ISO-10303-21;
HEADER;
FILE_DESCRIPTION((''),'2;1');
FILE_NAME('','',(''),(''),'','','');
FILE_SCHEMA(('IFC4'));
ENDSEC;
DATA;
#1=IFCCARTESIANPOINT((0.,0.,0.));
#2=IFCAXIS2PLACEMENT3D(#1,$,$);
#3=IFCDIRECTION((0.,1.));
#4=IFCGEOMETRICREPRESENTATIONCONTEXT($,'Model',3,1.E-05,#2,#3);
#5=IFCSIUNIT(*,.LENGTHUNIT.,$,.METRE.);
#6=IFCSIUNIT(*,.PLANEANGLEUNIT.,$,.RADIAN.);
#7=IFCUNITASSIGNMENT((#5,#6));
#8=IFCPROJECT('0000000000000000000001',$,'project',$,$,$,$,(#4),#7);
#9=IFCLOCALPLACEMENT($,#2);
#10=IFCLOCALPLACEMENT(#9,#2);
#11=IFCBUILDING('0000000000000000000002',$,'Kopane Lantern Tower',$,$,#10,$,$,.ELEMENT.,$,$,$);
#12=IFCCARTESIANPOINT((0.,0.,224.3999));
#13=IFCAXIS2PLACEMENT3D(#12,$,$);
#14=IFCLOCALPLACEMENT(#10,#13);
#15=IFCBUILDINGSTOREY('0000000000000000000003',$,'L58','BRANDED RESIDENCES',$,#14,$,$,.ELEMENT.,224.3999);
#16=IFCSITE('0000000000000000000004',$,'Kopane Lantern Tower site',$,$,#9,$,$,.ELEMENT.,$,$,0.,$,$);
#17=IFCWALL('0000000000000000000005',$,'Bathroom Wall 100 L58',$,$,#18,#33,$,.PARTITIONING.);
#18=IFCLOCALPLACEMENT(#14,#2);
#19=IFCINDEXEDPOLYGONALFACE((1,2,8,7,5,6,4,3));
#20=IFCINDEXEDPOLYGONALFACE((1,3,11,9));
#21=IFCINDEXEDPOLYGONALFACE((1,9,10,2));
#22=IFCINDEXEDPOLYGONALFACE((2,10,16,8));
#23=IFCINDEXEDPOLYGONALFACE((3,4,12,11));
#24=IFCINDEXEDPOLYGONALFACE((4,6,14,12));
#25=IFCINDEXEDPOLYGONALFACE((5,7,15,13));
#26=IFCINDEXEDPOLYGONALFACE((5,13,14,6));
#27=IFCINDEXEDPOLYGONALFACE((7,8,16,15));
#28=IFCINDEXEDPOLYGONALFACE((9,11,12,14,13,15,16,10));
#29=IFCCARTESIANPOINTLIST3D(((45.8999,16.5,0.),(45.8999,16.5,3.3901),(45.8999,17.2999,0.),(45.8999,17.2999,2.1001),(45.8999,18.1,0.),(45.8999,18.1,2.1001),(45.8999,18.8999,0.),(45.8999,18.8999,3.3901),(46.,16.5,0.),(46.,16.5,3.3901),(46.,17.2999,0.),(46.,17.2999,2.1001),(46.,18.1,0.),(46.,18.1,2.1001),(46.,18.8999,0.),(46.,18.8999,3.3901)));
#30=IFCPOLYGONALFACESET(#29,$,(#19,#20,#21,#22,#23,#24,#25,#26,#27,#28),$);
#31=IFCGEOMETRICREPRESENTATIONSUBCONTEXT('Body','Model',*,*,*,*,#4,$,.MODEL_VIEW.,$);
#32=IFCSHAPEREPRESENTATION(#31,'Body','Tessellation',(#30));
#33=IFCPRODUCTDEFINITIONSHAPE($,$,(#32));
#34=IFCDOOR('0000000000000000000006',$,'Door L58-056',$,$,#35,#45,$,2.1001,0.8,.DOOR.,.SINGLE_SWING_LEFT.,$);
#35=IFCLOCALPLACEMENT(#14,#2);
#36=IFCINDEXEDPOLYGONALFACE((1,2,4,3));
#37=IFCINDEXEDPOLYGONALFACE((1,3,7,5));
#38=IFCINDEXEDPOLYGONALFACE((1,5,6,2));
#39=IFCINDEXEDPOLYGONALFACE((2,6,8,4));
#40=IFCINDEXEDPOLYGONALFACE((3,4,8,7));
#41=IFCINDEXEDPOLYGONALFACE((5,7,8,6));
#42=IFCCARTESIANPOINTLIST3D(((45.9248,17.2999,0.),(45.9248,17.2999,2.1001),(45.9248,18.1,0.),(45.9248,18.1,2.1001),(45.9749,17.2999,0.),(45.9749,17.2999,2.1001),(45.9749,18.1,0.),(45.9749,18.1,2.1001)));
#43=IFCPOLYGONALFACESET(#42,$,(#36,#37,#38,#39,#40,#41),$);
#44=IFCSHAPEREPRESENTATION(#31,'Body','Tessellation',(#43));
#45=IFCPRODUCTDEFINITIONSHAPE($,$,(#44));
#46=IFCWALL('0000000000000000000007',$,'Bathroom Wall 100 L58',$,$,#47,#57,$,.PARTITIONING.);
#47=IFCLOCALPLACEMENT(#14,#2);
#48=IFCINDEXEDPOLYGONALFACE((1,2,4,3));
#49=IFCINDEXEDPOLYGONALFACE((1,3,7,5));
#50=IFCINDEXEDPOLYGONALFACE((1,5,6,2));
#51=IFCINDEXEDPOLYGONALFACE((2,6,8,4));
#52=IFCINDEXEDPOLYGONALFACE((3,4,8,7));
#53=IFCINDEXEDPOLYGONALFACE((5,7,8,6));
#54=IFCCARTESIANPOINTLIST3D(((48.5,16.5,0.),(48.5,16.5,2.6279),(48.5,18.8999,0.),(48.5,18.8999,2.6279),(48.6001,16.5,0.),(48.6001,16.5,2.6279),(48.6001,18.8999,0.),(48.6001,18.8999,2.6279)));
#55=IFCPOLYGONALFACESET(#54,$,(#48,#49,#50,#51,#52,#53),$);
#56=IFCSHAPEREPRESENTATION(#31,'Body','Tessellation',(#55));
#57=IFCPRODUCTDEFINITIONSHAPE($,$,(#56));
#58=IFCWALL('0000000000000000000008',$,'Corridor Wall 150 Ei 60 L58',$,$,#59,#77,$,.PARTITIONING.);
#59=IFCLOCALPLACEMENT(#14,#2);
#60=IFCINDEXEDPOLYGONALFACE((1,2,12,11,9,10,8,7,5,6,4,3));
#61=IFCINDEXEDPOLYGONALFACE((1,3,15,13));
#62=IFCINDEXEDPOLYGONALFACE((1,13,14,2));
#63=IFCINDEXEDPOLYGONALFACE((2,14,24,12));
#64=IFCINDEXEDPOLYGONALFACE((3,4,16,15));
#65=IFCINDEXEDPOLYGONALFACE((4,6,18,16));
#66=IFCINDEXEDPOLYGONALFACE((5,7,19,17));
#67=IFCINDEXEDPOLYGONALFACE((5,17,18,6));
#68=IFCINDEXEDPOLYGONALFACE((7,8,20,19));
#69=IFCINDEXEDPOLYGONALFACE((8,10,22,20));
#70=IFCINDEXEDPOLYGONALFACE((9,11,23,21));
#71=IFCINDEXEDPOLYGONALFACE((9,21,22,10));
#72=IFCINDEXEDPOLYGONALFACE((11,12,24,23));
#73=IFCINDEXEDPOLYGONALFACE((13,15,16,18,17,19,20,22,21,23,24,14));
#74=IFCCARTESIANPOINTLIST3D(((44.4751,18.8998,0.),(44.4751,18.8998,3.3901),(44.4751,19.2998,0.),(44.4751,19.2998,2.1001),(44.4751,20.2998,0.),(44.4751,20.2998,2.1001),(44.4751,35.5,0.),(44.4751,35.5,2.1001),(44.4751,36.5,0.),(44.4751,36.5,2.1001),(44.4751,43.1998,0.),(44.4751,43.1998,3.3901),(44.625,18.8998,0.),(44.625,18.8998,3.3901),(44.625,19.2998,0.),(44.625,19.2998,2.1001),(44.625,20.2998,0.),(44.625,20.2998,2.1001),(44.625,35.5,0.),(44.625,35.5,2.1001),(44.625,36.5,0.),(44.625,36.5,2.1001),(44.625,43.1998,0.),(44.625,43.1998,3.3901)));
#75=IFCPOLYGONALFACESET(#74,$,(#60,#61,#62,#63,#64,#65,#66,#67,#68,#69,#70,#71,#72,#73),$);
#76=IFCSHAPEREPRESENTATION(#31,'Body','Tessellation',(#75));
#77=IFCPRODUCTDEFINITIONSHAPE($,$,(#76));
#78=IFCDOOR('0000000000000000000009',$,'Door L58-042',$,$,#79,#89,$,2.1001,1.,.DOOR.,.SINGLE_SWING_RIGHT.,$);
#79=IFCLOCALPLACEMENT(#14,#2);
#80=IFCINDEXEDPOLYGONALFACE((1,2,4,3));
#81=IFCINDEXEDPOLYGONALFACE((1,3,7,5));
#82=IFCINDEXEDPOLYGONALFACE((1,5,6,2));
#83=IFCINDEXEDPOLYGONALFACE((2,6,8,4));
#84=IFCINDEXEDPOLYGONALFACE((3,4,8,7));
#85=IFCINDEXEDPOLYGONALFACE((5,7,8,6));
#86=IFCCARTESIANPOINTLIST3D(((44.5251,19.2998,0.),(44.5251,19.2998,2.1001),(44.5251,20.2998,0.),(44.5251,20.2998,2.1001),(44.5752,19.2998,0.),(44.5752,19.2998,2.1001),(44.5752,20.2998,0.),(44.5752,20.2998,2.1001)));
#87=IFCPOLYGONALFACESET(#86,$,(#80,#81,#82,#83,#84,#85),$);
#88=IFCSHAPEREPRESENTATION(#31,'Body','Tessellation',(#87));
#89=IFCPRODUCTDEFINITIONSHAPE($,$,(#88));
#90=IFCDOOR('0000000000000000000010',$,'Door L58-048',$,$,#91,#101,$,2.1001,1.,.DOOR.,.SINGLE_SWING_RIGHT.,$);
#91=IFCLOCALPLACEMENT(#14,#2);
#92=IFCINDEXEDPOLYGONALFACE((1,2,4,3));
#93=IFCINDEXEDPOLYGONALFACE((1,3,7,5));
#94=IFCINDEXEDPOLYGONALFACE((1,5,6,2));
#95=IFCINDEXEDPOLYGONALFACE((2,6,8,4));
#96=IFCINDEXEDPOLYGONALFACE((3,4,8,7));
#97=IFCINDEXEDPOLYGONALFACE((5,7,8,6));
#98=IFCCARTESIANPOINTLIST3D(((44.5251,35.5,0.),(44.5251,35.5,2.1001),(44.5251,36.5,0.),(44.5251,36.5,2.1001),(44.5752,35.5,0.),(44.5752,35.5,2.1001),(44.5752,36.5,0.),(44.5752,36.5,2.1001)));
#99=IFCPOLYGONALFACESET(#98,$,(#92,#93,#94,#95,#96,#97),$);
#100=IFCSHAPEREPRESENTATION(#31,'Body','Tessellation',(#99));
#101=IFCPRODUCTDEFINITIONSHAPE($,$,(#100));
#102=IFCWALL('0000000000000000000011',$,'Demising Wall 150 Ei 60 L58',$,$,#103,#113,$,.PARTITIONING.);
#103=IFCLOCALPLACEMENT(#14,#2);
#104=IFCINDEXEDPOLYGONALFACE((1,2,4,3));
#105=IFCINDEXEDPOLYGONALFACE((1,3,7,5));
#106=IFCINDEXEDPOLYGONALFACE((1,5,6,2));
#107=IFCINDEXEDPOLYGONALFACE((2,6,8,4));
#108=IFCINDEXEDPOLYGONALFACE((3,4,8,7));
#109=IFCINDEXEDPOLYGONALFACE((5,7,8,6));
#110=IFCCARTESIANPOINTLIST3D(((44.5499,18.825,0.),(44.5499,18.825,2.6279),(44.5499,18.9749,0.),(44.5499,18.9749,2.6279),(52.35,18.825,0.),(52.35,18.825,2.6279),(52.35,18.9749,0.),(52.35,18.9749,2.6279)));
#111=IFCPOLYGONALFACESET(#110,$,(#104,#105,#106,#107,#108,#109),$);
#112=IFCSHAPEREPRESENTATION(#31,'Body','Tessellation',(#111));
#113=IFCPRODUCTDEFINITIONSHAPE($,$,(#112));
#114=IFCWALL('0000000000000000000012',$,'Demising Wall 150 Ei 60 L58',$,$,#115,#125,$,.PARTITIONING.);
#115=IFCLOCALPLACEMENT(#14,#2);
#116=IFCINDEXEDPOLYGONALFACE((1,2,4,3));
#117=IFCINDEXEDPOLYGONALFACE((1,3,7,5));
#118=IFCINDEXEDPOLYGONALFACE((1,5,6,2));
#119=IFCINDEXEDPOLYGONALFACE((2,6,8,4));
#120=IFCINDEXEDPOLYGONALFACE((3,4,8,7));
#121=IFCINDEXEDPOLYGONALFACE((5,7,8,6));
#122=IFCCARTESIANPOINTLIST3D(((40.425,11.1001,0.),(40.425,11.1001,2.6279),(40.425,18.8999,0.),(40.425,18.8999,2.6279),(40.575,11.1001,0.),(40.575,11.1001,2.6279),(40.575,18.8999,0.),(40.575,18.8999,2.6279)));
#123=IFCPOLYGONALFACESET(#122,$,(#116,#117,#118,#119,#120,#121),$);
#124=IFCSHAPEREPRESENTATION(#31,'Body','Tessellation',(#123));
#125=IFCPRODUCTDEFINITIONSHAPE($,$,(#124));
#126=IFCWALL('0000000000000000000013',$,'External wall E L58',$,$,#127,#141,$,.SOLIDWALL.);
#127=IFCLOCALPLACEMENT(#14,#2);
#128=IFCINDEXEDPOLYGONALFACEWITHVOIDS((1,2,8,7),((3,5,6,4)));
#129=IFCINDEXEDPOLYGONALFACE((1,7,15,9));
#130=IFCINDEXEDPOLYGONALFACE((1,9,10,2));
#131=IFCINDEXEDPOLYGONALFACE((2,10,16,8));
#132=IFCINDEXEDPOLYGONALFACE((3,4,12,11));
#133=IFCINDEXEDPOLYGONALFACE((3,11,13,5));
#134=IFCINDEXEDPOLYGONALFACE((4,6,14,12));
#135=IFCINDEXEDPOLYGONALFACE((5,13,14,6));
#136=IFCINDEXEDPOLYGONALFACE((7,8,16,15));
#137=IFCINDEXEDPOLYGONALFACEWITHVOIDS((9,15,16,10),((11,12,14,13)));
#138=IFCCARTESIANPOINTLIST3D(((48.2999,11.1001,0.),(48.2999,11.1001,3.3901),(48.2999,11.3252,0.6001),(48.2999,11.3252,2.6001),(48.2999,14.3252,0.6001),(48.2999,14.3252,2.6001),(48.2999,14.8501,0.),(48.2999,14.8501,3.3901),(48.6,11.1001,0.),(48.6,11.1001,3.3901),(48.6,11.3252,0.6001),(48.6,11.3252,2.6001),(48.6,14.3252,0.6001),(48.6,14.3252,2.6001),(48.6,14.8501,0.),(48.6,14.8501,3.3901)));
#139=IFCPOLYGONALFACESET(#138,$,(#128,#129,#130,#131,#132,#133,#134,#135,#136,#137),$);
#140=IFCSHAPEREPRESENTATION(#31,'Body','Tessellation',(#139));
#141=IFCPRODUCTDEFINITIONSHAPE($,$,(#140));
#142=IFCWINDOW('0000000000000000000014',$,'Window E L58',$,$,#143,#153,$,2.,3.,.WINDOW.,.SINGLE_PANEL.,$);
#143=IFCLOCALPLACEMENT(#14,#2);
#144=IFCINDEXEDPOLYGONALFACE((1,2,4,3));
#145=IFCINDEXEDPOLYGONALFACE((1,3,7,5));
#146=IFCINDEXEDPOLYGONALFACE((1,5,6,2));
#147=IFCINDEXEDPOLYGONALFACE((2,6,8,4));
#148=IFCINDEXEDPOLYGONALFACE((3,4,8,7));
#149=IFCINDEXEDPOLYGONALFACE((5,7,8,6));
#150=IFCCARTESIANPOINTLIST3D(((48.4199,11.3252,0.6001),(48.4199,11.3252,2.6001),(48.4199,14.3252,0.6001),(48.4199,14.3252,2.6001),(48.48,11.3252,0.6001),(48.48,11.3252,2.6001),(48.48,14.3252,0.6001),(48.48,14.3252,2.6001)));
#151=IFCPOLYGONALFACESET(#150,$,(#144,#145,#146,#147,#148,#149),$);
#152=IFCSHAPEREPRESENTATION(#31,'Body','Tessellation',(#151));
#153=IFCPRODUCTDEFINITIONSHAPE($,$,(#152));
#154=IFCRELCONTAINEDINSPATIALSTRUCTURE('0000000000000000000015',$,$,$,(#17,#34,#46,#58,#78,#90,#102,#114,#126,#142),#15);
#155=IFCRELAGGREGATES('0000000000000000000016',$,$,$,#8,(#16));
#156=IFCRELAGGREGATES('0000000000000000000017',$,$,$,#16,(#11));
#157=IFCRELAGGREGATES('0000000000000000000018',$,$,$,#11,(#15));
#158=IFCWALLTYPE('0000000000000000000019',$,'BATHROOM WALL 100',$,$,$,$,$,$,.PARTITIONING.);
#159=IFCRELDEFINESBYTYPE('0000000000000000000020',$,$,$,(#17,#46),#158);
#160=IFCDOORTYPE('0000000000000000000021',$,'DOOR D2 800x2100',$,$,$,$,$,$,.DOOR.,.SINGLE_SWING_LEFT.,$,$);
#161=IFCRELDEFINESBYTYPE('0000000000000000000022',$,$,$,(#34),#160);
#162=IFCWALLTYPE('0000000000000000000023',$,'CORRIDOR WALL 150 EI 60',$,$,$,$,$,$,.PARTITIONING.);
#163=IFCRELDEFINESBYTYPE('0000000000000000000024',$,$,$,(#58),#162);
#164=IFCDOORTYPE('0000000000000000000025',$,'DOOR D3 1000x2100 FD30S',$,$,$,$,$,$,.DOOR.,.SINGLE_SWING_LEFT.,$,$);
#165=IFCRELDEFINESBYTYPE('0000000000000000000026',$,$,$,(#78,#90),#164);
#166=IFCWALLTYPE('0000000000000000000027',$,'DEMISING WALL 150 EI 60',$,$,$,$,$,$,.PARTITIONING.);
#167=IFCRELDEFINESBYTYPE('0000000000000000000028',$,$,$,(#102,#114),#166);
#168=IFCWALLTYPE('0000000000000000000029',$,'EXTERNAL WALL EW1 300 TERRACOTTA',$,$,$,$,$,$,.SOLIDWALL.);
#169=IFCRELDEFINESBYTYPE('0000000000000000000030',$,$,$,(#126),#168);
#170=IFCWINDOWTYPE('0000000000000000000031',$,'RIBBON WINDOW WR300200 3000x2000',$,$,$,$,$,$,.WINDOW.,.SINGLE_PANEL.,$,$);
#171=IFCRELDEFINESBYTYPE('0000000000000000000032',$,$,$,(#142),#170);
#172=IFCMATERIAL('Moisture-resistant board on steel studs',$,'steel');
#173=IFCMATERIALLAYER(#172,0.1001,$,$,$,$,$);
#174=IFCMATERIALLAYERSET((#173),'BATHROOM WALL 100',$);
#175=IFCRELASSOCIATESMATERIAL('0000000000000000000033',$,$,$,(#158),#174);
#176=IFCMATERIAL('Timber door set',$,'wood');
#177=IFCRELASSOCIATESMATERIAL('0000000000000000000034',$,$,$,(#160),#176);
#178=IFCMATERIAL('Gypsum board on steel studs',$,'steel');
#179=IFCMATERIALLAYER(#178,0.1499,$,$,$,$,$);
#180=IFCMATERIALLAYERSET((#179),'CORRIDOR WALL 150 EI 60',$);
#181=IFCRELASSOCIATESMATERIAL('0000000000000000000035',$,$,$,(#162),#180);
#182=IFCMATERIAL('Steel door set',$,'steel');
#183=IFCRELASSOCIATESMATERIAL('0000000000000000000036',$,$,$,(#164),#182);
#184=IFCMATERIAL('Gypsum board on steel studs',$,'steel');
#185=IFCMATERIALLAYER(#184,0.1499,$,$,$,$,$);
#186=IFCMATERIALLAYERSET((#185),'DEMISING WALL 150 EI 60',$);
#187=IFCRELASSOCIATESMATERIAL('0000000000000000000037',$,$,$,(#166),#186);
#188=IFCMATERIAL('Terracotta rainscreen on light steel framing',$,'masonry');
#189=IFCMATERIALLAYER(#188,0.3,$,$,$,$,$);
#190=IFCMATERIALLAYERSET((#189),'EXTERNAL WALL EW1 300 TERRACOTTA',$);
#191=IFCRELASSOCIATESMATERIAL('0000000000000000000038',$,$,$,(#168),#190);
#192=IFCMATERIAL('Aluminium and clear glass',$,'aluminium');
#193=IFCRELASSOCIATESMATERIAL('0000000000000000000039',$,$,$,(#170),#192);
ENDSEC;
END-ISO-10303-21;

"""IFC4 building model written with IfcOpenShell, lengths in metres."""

from ifc_helpers import new_model, si_unit, direction, frame, frame_2d, origin, place, context, subcontext, project, spatial, rectangle, extrude, material, layer, layer_set, type_object, element, fill, save


model = new_model("IFC4")

# Units and contexts
model_context = context("Model", 3, precision=1e-05, world=origin(), true_north=direction((0.0, 1.0)))
body_context = subcontext(model_context, "Body", "Model", "MODEL_VIEW")
ifc_project = project(units=[si_unit("LENGTHUNIT", "METRE"), si_unit("PLANEANGLEUNIT", "RADIAN")], contexts=[model_context])

# Site, building, storey
site_placement = place(None, origin())
site = spatial("IfcSite", under=ifc_project, at=site_placement, Name="Kopane Lantern Tower site", CompositionType="ELEMENT", RefElevation=0.0)
building_placement = place(site_placement, origin())
building = spatial("IfcBuilding", under=site, at=building_placement, Name="Kopane Lantern Tower", CompositionType="ELEMENT")
storey_placement = place(building_placement, frame((0.0, 0.0, 224.3999)))
storey = spatial("IfcBuildingStorey", under=building, at=storey_placement, Name="L58", Description="BRANDED RESIDENCES", CompositionType="ELEMENT", Elevation=224.3999)

# Wall, opening, door
ifc_material_1 = material(Name="Moisture-resistant board on steel studs", Category="steel")
ifc_layer_1 = layer(ifc_material_1, 0.1001)
ifc_layer_set_1 = layer_set([ifc_layer_1], Name="BATHROOM WALL 100")
wall_type_1 = type_object("IfcWallType", Name="BATHROOM WALL 100", PredefinedType="PARTITIONING", material=ifc_layer_set_1)
wall_1_placement = place(storey_placement, frame((45.95, 18.8999, 0.0), z_axis=(0.0, 0.0, 1.0), x_axis=(0.0, -1.0, 0.0)))
wall_1 = element("IfcWall", 1, at=wall_1_placement, inside=storey, type_object=wall_type_1, Name="Bathroom Wall 100 L58", PredefinedType="PARTITIONING", context=body_context, shape_type="SweptSolid", body=[
    extrude(rectangle(XDim=2.3999, YDim=0.1001, at=frame_2d((1.2, 0.0))), origin(), (0.0, 0.0, 1.0), 3.3901),
])
opening_1_placement = place(wall_1_placement, frame((0.8, 0.0, 0.0)))
opening_1 = element("IfcOpeningElement", 2, at=opening_1_placement, cuts=wall_1, PredefinedType="OPENING", context=body_context, shape_type="SweptSolid", body=[
    extrude(rectangle(XDim=0.8, YDim=2.1001, at=frame_2d((0.3999, 1.05))), frame((0.0, 0.0601, 0.0), z_axis=(0.0, -1.0, 0.0), x_axis=(1.0, 0.0, 0.0)), (0.0, 0.0, 1.0), 0.1201),
])
ifc_material_2 = material(Name="Timber door set", Category="wood")
door_type_1 = type_object("IfcDoorType", Name="DOOR D2 800x2100", OperationType="SINGLE_SWING_LEFT", PredefinedType="DOOR", material=ifc_material_2)
door_1_placement = place(opening_1_placement, origin())
door_1 = element("IfcDoor", 3, at=door_1_placement, inside=storey, type_object=door_type_1, Name="Door L58-056", OperationType="SINGLE_SWING_LEFT", OverallHeight=2.1001, OverallWidth=0.8, PredefinedType="DOOR", context=body_context, shape_type="SweptSolid", body=[
    extrude(rectangle(XDim=0.8, YDim=2.1001, at=frame_2d((0.3999, 1.05))), frame((0.0, 0.0249, 0.0), z_axis=(0.0, -1.0, 0.0), x_axis=(1.0, 0.0, 0.0)), (0.0, 0.0, 1.0), 0.05),
])
fill(opening_1, door_1)

# Wall
wall_2_placement = place(storey_placement, frame((48.55, 18.8999, 0.0), z_axis=(0.0, 0.0, 1.0), x_axis=(0.0, -1.0, 0.0)))
element("IfcWall", 4, at=wall_2_placement, inside=storey, type_object=wall_type_1, Name="Bathroom Wall 100 L58", PredefinedType="PARTITIONING", context=body_context, shape_type="SweptSolid", body=[
    extrude(rectangle(XDim=2.3999, YDim=0.1001, at=frame_2d((1.2, 0.0))), origin(), (0.0, 0.0, 1.0), 2.6279),
])

# Wall, openings, doors
ifc_material_3 = material(Name="Gypsum board on steel studs", Category="steel")
ifc_layer_2 = layer(ifc_material_3, 0.1499)
ifc_layer_set_2 = layer_set([ifc_layer_2], Name="CORRIDOR WALL 150 EI 60")
wall_type_2 = type_object("IfcWallType", Name="CORRIDOR WALL 150 EI 60", PredefinedType="PARTITIONING", material=ifc_layer_set_2)
wall_3_placement = place(storey_placement, frame((44.55, 18.8999, 0.0), z_axis=(0.0, 0.0, 1.0), x_axis=(0.0, 1.0, 0.0)))
wall_3 = element("IfcWall", 5, at=wall_3_placement, inside=storey, type_object=wall_type_2, Name="Corridor Wall 150 Ei 60 L58", PredefinedType="PARTITIONING", context=body_context, shape_type="SweptSolid", body=[
    extrude(rectangle(XDim=24.3, YDim=0.1499, at=frame_2d((12.1499, 0.0))), origin(), (0.0, 0.0, 1.0), 3.3901),
])
opening_2_placement = place(wall_3_placement, frame((0.3999, 0.0, 0.0)))
opening_2 = element("IfcOpeningElement", 6, at=opening_2_placement, cuts=wall_3, PredefinedType="OPENING", context=body_context, shape_type="SweptSolid", body=[
    extrude(rectangle(XDim=1.0, YDim=2.1001, at=frame_2d((0.5, 1.05))), frame((0.0, 0.085, 0.0), z_axis=(0.0, -1.0, 0.0), x_axis=(1.0, 0.0, 0.0)), (0.0, 0.0, 1.0), 0.1699),
])
opening_3_placement = place(wall_3_placement, frame((16.6001, 0.0, 0.0)))
opening_3 = element("IfcOpeningElement", 7, at=opening_3_placement, cuts=wall_3, PredefinedType="OPENING", context=body_context, shape_type="SweptSolid", body=[
    extrude(rectangle(XDim=1.0, YDim=2.1001, at=frame_2d((0.5, 1.05))), frame((0.0, 0.085, 0.0), z_axis=(0.0, -1.0, 0.0), x_axis=(1.0, 0.0, 0.0)), (0.0, 0.0, 1.0), 0.1699),
])
ifc_material_4 = material(Name="Steel door set", Category="steel")
door_type_2 = type_object("IfcDoorType", Name="DOOR D3 1000x2100 FD30S", OperationType="SINGLE_SWING_LEFT", PredefinedType="DOOR", material=ifc_material_4)
door_2_placement = place(opening_2_placement, origin())
door_2 = element("IfcDoor", 8, at=door_2_placement, inside=storey, type_object=door_type_2, Name="Door L58-042", OperationType="SINGLE_SWING_RIGHT", OverallHeight=2.1001, OverallWidth=1.0, PredefinedType="DOOR", context=body_context, shape_type="SweptSolid", body=[
    extrude(rectangle(XDim=1.0, YDim=2.1001, at=frame_2d((0.5, 1.05))), frame((0.0, 0.0249, 0.0), z_axis=(0.0, -1.0, 0.0), x_axis=(1.0, 0.0, 0.0)), (0.0, 0.0, 1.0), 0.05),
])
fill(opening_2, door_2)
door_3_placement = place(opening_3_placement, origin())
door_3 = element("IfcDoor", 9, at=door_3_placement, inside=storey, type_object=door_type_2, Name="Door L58-048", OperationType="SINGLE_SWING_RIGHT", OverallHeight=2.1001, OverallWidth=1.0, PredefinedType="DOOR", context=body_context, shape_type="SweptSolid", body=[
    extrude(rectangle(XDim=1.0, YDim=2.1001, at=frame_2d((0.5, 1.05))), frame((0.0, 0.0249, 0.0), z_axis=(0.0, -1.0, 0.0), x_axis=(1.0, 0.0, 0.0)), (0.0, 0.0, 1.0), 0.05),
])
fill(opening_3, door_3)

# Walls
ifc_material_5 = material(Name="Gypsum board on steel studs", Category="steel")
ifc_layer_3 = layer(ifc_material_5, 0.1499)
ifc_layer_set_3 = layer_set([ifc_layer_3], Name="DEMISING WALL 150 EI 60")
wall_type_3 = type_object("IfcWallType", Name="DEMISING WALL 150 EI 60", PredefinedType="PARTITIONING", material=ifc_layer_set_3)
wall_4_placement = place(storey_placement, frame((44.55, 18.8999, 0.0), z_axis=(0.0, 0.0, 1.0), x_axis=(1.0, 0.0, 0.0)))
element("IfcWall", 10, at=wall_4_placement, inside=storey, type_object=wall_type_3, Name="Demising Wall 150 Ei 60 L58", PredefinedType="PARTITIONING", context=body_context, shape_type="SweptSolid", body=[
    extrude(rectangle(XDim=7.8, YDim=0.1499, at=frame_2d((3.8999, 0.0))), origin(), (0.0, 0.0, 1.0), 2.6279),
])
wall_5_placement = place(storey_placement, frame((40.5, 18.8999, 0.0), z_axis=(0.0, 0.0, 1.0), x_axis=(0.0, -1.0, 0.0)))
element("IfcWall", 11, at=wall_5_placement, inside=storey, type_object=wall_type_3, Name="Demising Wall 150 Ei 60 L58", PredefinedType="PARTITIONING", context=body_context, shape_type="SweptSolid", body=[
    extrude(rectangle(XDim=7.7998, YDim=0.1499, at=frame_2d((3.8999, 0.0))), origin(), (0.0, 0.0, 1.0), 2.6279),
])

# Wall, opening, window
ifc_material_6 = material(Name="Terracotta rainscreen on light steel framing", Category="masonry")
ifc_layer_4 = layer(ifc_material_6, 0.3)
ifc_layer_set_4 = layer_set([ifc_layer_4], Name="EXTERNAL WALL EW1 300 TERRACOTTA")
wall_type_4 = type_object("IfcWallType", Name="EXTERNAL WALL EW1 300 TERRACOTTA", PredefinedType="SOLIDWALL", material=ifc_layer_set_4)
wall_6_placement = place(storey_placement, frame((48.45, 11.1001, 0.0), z_axis=(0.0, 0.0, 1.0), x_axis=(0.0, 1.0, 0.0)))
wall_6 = element("IfcWall", 12, at=wall_6_placement, inside=storey, type_object=wall_type_4, Name="External wall E L58", PredefinedType="SOLIDWALL", context=body_context, shape_type="SweptSolid", body=[
    extrude(rectangle(XDim=3.75, YDim=0.3, at=frame_2d((1.875, 0.0))), origin(), (0.0, 0.0, 1.0), 3.3901),
])
opening_4_placement = place(wall_6_placement, frame((0.2251, 0.0, 0.6001)))
opening_4 = element("IfcOpeningElement", 13, at=opening_4_placement, cuts=wall_6, PredefinedType="OPENING", context=body_context, shape_type="SweptSolid", body=[
    extrude(rectangle(XDim=3.0, YDim=2.0, at=frame_2d((1.5, 1.0))), frame((0.0, 0.1599, 0.0), z_axis=(0.0, -1.0, 0.0), x_axis=(1.0, 0.0, 0.0)), (0.0, 0.0, 1.0), 0.3201),
])
ifc_material_7 = material(Name="Aluminium and clear glass", Category="aluminium")
window_type = type_object("IfcWindowType", Name="RIBBON WINDOW WR300200 3000x2000", PartitioningType="SINGLE_PANEL", PredefinedType="WINDOW", material=ifc_material_7)
window_1_placement = place(opening_4_placement, origin())
window_1 = element("IfcWindow", 14, at=window_1_placement, inside=storey, type_object=window_type, Name="Window E L58", OverallHeight=2.0, OverallWidth=3.0, PartitioningType="SINGLE_PANEL", PredefinedType="WINDOW", context=body_context, shape_type="SweptSolid", body=[
    extrude(rectangle(XDim=3.0, YDim=2.0, at=frame_2d((1.5, 1.0))), frame((0.0, 0.03, 0.0), z_axis=(0.0, -1.0, 0.0), x_axis=(1.0, 0.0, 0.0)), (0.0, 0.0, 1.0), 0.0601),
])
fill(opening_4, window_1)

save(model, "model.ifc")
